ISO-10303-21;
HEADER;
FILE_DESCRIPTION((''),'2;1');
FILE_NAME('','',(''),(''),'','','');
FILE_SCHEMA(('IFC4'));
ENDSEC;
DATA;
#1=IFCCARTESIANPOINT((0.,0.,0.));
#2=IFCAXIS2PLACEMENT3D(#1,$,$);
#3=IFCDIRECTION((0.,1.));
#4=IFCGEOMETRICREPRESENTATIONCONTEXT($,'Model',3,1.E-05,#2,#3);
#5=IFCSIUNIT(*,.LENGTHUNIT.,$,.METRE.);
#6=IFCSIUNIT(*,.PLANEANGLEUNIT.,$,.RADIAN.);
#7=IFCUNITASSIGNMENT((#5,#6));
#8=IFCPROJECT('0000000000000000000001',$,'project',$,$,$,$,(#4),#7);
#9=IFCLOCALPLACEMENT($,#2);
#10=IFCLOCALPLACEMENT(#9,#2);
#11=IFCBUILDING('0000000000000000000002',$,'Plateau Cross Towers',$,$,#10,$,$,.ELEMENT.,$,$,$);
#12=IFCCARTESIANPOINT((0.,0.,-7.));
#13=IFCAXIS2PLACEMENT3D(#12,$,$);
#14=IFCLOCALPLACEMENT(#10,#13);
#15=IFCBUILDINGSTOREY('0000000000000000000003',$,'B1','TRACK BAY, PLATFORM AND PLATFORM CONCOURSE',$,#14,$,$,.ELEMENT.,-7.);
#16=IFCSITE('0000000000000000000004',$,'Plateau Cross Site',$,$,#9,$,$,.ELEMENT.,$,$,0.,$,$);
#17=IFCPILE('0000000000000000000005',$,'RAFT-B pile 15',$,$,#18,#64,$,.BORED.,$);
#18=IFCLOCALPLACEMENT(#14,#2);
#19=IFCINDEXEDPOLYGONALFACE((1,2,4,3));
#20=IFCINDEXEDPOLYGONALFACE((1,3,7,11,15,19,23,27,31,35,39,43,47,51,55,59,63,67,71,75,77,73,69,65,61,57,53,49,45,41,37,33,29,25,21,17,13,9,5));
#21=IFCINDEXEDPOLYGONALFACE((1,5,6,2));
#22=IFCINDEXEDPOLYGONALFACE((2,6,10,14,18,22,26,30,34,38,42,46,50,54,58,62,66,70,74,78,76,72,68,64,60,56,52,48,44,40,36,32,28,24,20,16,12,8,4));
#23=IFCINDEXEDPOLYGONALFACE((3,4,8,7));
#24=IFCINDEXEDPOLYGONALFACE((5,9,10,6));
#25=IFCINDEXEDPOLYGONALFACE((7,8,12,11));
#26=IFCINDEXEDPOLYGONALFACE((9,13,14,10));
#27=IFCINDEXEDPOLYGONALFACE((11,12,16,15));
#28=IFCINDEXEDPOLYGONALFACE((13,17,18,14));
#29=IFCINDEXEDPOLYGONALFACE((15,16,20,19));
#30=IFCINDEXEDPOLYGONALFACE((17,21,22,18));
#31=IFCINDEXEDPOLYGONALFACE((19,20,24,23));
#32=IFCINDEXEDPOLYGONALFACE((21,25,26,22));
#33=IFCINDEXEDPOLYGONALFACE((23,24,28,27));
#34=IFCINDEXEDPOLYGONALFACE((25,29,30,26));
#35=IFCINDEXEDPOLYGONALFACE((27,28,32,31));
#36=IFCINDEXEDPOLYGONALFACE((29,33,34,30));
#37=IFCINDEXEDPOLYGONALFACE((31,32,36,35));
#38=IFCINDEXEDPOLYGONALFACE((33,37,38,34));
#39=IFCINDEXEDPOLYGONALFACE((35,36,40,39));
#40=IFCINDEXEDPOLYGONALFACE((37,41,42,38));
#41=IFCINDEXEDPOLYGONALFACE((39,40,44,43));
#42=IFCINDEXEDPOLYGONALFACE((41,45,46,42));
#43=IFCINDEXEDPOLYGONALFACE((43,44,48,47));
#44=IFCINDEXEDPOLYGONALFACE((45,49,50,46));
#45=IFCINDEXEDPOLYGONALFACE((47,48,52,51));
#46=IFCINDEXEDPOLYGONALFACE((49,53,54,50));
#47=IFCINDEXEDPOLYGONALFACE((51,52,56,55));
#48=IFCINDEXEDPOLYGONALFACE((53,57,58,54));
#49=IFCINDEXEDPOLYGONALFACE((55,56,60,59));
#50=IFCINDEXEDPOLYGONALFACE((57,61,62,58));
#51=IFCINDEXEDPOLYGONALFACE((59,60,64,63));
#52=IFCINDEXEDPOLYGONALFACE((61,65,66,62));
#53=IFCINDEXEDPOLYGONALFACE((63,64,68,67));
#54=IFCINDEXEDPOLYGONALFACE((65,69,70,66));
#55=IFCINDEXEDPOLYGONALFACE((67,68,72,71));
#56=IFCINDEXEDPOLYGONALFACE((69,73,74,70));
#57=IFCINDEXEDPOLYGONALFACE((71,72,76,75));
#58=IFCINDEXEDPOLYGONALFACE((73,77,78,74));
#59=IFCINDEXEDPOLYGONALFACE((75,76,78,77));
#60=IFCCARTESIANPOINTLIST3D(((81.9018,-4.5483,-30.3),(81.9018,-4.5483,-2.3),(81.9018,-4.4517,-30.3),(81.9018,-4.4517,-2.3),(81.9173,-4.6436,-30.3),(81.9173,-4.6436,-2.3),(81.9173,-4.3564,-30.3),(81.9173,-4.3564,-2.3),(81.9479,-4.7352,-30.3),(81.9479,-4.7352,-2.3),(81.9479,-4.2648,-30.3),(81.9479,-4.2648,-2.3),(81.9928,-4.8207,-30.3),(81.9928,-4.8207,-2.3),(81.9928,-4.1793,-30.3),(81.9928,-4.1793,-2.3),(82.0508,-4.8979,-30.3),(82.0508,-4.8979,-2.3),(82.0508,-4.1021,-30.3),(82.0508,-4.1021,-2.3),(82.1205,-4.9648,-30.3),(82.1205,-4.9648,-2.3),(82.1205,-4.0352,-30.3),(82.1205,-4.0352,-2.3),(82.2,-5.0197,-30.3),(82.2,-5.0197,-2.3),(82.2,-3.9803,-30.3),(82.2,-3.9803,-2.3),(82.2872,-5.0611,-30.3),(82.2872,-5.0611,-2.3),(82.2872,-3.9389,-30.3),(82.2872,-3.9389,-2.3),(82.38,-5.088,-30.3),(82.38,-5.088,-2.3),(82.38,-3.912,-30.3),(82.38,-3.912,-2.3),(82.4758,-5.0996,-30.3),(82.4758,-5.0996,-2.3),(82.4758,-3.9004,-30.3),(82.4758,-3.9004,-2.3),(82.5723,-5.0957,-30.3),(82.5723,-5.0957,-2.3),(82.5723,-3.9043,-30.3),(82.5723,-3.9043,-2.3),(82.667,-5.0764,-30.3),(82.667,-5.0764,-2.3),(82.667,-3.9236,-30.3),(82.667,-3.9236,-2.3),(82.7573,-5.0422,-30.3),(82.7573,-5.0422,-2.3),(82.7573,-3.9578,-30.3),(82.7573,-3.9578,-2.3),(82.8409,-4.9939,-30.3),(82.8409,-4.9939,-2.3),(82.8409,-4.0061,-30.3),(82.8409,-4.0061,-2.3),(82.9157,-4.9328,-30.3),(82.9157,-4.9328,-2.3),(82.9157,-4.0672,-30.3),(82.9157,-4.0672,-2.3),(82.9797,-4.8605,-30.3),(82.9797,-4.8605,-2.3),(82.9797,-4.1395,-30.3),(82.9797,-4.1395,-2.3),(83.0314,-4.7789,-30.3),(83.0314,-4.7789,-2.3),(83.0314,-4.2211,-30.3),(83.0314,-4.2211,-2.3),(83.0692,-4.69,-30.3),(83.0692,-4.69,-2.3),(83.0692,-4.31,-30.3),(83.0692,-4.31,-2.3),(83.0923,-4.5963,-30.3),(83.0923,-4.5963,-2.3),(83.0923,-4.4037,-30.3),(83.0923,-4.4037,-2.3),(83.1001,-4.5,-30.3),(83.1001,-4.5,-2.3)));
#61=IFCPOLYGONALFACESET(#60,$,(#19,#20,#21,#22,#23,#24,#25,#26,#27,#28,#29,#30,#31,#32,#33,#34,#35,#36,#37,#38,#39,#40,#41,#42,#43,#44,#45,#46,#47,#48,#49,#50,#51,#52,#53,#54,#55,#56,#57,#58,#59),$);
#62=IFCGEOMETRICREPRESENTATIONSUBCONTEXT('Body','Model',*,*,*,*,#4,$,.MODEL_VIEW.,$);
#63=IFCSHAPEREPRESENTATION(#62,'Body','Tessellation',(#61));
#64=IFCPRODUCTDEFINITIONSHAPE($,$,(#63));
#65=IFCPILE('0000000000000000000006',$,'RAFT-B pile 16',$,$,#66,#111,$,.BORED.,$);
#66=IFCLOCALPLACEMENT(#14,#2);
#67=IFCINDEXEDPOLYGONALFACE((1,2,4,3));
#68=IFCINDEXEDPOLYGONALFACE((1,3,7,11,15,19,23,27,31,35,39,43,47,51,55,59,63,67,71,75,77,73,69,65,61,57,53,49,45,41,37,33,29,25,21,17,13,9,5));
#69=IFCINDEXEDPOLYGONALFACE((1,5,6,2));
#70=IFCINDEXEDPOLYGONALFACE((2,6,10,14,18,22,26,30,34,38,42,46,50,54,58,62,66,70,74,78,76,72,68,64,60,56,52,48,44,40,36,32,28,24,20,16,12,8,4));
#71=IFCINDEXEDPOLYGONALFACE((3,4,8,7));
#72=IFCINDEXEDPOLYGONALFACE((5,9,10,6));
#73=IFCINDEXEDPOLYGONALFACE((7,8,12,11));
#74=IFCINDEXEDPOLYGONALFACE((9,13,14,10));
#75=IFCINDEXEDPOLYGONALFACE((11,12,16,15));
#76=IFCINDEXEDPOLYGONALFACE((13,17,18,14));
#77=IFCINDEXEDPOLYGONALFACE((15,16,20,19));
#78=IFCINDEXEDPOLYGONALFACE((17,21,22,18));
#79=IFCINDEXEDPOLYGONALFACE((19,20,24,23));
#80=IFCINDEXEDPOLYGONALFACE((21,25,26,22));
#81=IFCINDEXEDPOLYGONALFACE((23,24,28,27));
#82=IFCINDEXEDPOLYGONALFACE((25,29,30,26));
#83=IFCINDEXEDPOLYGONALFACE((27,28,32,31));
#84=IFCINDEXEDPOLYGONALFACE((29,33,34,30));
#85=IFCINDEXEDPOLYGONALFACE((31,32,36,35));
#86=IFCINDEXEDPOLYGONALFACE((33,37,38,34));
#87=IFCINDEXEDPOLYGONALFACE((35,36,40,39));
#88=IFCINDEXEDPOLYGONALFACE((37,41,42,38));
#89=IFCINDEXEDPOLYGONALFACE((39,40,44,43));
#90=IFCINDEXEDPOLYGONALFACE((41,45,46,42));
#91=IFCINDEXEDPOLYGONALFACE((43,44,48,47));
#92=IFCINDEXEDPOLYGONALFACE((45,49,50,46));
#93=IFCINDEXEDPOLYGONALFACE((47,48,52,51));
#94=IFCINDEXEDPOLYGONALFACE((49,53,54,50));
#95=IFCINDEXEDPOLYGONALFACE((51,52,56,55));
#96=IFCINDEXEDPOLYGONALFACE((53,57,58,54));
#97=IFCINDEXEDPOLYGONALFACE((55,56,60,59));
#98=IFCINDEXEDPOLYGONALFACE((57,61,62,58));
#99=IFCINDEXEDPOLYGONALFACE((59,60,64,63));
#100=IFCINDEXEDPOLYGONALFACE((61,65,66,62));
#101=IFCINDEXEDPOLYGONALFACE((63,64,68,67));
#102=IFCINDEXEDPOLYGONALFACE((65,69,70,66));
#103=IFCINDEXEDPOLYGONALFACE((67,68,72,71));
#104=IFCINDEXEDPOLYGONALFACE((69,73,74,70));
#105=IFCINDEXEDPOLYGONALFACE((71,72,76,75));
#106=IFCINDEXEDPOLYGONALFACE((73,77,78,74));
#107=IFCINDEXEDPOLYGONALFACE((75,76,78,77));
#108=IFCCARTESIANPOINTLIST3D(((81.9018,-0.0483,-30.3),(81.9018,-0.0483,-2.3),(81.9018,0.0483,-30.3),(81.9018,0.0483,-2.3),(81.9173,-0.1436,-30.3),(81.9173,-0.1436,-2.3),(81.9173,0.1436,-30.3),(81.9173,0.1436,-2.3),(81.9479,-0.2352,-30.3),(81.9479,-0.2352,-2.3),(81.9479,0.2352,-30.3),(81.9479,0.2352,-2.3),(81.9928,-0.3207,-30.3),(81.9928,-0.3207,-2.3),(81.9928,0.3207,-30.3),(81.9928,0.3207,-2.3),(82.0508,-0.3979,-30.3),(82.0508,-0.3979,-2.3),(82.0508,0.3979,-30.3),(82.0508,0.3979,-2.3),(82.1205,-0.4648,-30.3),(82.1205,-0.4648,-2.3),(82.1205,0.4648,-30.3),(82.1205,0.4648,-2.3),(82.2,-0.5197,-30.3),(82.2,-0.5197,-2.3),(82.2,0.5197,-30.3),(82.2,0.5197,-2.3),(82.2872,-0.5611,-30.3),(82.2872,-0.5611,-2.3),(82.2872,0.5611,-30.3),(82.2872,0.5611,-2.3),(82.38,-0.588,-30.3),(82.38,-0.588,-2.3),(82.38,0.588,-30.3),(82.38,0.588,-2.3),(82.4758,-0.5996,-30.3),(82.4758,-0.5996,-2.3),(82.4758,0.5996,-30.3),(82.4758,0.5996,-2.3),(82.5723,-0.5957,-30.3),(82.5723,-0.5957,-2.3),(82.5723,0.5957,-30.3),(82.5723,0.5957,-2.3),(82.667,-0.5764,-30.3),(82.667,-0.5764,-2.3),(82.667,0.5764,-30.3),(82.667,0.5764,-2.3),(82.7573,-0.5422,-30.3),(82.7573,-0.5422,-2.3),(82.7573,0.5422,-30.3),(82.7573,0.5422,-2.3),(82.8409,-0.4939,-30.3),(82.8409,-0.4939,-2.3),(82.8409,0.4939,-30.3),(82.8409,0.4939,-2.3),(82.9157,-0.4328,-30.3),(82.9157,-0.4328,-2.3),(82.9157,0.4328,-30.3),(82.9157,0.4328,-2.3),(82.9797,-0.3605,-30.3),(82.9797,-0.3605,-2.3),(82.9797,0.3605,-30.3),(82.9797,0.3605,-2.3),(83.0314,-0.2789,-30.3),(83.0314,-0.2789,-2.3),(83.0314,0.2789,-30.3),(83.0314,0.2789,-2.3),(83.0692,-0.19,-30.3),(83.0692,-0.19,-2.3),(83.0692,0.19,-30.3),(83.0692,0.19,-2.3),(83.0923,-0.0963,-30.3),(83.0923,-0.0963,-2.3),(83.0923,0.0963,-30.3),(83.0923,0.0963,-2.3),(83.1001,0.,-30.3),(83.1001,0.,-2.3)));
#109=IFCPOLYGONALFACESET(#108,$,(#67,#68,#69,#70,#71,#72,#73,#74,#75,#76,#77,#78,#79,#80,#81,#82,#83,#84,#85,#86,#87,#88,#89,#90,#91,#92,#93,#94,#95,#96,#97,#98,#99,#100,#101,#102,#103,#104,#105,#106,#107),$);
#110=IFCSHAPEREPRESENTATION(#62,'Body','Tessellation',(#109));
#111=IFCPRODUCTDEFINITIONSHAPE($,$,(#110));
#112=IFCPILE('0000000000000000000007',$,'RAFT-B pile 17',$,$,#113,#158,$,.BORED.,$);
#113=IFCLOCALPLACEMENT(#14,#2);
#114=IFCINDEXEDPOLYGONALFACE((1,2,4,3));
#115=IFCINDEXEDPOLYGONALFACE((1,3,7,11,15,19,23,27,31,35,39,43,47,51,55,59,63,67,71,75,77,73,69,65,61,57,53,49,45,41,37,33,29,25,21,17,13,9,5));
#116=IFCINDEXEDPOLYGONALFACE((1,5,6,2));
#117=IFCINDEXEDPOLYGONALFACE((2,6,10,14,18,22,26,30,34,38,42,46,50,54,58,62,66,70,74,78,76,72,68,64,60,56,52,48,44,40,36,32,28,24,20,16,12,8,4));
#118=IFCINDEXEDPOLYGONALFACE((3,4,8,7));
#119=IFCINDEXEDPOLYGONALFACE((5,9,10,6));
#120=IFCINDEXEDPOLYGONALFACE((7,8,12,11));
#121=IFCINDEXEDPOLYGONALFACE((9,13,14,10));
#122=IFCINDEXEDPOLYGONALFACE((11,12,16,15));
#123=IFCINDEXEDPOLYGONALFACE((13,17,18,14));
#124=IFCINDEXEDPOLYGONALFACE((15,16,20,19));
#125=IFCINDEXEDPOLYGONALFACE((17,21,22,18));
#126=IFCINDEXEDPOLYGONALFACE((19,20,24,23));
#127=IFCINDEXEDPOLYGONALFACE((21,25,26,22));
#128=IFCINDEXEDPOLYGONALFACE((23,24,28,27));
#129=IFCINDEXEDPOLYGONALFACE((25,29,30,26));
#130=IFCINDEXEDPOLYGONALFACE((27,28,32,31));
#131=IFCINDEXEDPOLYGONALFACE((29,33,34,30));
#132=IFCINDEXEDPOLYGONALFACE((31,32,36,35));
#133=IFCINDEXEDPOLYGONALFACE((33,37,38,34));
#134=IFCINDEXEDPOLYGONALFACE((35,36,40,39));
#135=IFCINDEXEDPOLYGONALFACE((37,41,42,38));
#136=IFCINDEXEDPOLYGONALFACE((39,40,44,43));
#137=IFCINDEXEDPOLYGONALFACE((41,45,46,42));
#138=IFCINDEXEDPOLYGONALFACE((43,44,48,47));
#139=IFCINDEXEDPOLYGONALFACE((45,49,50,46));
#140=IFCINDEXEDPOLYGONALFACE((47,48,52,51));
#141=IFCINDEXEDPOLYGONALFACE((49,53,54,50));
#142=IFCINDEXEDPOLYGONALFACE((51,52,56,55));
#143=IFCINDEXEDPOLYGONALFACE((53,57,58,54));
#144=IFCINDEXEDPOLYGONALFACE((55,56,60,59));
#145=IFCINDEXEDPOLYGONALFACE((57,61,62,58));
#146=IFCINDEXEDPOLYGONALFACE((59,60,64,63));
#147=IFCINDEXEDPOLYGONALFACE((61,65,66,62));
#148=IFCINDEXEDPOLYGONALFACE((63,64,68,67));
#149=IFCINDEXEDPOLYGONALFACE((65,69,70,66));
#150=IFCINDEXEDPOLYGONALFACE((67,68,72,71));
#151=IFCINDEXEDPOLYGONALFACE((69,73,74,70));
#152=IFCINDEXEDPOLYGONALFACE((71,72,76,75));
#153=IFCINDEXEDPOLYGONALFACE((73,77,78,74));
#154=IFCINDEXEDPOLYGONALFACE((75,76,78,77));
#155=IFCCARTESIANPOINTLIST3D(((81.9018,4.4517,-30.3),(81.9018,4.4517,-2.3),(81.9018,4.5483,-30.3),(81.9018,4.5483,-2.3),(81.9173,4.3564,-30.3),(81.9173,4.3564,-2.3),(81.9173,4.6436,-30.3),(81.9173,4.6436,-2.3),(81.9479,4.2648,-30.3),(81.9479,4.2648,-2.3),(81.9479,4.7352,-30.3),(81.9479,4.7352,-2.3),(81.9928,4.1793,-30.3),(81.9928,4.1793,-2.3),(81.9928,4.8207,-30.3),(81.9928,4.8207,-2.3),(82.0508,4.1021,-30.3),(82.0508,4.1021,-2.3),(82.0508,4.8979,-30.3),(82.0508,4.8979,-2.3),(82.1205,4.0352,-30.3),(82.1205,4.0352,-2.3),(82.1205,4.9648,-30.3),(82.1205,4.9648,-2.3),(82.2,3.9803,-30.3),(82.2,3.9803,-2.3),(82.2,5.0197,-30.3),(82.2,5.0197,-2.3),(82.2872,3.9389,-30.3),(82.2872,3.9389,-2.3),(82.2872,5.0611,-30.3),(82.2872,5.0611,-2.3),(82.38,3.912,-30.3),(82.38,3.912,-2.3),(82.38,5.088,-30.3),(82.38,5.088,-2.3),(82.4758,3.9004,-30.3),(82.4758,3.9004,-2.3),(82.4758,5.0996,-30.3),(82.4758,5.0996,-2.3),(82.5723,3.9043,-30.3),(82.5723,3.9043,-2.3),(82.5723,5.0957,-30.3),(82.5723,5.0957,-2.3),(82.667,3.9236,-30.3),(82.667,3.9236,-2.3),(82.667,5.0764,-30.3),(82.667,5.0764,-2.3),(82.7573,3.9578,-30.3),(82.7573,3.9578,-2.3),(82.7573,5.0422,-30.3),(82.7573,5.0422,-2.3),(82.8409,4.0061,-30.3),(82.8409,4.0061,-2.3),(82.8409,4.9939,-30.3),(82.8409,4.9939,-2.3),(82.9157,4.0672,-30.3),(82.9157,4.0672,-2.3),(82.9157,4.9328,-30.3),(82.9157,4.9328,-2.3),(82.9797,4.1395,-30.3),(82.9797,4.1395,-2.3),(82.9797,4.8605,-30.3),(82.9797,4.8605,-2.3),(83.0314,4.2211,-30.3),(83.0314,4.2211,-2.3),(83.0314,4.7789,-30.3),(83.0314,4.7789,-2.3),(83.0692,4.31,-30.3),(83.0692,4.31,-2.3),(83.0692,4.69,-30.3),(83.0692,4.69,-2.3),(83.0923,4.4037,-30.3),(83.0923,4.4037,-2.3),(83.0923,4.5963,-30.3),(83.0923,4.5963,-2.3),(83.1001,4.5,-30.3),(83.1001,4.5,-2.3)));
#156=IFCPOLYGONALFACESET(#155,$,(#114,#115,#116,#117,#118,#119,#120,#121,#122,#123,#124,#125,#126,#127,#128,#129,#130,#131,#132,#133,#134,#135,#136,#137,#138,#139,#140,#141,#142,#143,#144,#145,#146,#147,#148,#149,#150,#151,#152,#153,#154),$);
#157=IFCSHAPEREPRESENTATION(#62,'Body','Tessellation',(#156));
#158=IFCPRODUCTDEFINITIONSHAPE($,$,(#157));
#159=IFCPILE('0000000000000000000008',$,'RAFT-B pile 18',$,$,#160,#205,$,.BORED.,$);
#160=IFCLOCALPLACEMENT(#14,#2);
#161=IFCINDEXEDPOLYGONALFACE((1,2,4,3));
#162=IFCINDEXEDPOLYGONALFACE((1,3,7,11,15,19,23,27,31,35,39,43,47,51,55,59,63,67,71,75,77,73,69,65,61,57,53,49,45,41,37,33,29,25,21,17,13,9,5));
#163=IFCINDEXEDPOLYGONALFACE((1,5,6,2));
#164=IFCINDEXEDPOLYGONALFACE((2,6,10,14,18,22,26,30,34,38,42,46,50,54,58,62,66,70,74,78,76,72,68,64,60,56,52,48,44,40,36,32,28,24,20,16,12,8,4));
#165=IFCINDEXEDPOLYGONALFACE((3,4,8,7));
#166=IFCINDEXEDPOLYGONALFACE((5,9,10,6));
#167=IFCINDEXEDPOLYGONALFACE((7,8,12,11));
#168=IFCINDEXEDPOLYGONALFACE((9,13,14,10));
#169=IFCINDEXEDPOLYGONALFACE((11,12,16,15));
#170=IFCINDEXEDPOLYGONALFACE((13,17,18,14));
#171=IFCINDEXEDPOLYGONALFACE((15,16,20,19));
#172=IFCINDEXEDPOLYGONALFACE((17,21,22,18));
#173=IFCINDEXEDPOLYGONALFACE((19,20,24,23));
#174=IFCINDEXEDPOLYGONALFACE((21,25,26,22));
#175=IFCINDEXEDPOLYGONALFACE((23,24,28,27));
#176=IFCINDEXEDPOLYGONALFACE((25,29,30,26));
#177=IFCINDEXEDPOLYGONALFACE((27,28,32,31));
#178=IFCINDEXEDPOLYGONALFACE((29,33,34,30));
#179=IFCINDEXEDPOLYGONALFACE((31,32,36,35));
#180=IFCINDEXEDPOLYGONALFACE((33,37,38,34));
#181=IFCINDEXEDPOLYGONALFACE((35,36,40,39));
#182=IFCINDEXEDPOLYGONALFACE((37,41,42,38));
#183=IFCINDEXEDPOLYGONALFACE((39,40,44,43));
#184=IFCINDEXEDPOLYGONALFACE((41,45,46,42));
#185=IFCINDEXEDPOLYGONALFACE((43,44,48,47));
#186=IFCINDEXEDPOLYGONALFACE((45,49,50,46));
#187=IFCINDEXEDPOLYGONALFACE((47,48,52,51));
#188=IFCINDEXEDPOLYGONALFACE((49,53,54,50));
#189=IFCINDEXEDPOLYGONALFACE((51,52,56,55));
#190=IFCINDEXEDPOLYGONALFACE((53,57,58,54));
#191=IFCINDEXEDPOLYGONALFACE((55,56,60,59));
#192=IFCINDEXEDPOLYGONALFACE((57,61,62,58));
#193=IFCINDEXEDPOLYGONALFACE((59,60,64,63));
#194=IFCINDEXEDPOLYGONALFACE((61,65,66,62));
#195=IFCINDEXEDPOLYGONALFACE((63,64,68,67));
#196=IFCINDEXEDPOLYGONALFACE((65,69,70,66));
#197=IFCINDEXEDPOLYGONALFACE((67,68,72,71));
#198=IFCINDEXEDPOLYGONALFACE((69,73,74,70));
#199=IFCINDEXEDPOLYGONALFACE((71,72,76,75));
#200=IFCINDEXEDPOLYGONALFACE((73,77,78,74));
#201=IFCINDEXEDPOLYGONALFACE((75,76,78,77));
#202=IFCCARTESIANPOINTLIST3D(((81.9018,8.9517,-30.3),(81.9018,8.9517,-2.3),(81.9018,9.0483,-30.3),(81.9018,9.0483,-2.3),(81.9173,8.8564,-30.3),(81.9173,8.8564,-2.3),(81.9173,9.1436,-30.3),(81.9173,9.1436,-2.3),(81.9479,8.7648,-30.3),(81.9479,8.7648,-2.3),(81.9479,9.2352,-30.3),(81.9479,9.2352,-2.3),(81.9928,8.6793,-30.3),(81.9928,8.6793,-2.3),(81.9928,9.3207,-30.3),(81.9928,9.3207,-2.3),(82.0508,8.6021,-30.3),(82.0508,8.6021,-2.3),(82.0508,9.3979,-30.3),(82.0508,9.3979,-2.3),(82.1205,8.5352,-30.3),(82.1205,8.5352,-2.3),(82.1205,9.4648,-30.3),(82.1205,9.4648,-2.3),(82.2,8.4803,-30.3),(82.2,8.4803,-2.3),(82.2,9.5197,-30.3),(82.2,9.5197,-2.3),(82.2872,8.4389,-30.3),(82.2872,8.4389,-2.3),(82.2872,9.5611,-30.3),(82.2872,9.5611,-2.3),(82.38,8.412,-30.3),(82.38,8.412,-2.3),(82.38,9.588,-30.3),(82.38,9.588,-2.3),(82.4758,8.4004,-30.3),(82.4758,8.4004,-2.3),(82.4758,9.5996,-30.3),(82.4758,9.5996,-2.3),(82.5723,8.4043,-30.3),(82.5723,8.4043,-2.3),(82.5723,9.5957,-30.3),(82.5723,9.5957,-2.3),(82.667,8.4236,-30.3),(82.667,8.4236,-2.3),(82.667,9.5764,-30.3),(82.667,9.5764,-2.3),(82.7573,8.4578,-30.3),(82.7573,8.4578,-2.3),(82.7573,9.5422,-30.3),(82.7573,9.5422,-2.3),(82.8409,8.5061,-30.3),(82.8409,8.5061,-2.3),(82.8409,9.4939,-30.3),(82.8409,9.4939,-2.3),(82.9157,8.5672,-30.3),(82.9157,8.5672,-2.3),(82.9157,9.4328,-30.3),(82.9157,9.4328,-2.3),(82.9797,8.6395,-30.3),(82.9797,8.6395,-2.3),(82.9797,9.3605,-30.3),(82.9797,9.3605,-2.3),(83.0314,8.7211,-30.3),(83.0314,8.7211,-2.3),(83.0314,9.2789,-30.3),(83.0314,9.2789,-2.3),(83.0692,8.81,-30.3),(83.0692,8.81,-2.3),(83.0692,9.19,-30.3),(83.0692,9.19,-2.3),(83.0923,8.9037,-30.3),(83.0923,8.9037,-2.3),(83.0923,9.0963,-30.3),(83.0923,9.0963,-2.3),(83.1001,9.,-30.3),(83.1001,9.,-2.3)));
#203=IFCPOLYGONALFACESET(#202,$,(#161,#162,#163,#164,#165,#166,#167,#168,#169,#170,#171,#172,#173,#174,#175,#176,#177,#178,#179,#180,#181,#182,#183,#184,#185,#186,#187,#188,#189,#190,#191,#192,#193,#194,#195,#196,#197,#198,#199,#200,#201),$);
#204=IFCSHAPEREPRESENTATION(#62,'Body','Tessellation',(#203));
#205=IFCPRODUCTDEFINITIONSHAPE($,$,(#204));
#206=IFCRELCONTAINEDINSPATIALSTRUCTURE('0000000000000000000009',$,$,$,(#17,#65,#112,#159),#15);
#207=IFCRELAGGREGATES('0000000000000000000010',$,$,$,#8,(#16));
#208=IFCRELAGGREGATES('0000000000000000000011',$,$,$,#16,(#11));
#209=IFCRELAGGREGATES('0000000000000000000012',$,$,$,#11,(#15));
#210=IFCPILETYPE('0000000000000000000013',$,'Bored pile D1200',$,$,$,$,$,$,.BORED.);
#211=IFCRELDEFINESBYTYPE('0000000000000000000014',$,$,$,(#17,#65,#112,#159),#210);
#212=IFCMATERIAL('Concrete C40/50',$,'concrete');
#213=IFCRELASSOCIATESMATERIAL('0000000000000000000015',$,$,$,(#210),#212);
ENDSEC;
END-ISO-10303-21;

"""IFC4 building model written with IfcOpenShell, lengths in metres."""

from ifc_helpers import new_model, si_unit, direction, frame, origin, origin_2d, place, context, subcontext, project, spatial, circle, extrude, material, material_profile, profile_set, type_object, element, save


model = new_model("IFC4")

# Units and contexts
model_context = context("Model", 3, precision=1e-05, world=origin(), true_north=direction((0.0, 1.0)))
body_context = subcontext(model_context, "Body", "Model", "MODEL_VIEW")
ifc_project = project(units=[si_unit("LENGTHUNIT", "METRE"), si_unit("PLANEANGLEUNIT", "RADIAN")], contexts=[model_context])

# Site, building, storey
site_placement = place(None, origin())
site = spatial("IfcSite", under=ifc_project, at=site_placement, Name="Plateau Cross Site", CompositionType="ELEMENT", RefElevation=0.0)
building_placement = place(site_placement, origin())
building = spatial("IfcBuilding", under=site, at=building_placement, Name="Plateau Cross Towers", CompositionType="ELEMENT")
storey_placement = place(building_placement, frame((0.0, 0.0, -7.0)))
storey = spatial("IfcBuildingStorey", under=building, at=storey_placement, Name="B1", Description="TRACK BAY, PLATFORM AND PLATFORM CONCOURSE", CompositionType="ELEMENT", Elevation=-7.0)

# Piles
ifc_material_1 = material(Name="Concrete C40/50", Category="concrete")
ifc_material_profile_1 = material_profile(ifc_material_1, circle(Radius=0.6001, at=origin_2d()), Name="Bored pile D1200")
ifc_profile_set_1 = profile_set([ifc_material_profile_1], Name="Concrete C40/50")
pile_type = type_object("IfcPileType", Name="Bored pile D1200", PredefinedType="BORED", material=ifc_profile_set_1)
for number, where, z_axis, x_axis, name in (
    (1, (82.5, -4.5, -2.3), (0.0, 0.0, -1.0), (1.0, 0.0, 0.0), "RAFT-B pile 15"),
    (2, (82.5, 0.0, -2.3), (0.0, 0.0, -1.0), (1.0, 0.0, 0.0), "RAFT-B pile 16"),
    (3, (82.5, 4.5, -2.3), (0.0, 0.0, -1.0), (1.0, 0.0, 0.0), "RAFT-B pile 17"),
    (4, (82.5, 9.0, -2.3), (0.0, 0.0, -1.0), (1.0, 0.0, 0.0), "RAFT-B pile 18"),
):
    element("IfcPile", number, at=place(storey_placement, frame(where, z_axis=z_axis, x_axis=x_axis)), inside=storey, type_object=pile_type, Name=name, PredefinedType="BORED", context=body_context, shape_type="SweptSolid", body=[
        extrude(circle(Radius=0.6001, at=origin_2d()), origin(), (0.0, 0.0, 1.0), 28.0),
    ])

save(model, "model.ifc")
